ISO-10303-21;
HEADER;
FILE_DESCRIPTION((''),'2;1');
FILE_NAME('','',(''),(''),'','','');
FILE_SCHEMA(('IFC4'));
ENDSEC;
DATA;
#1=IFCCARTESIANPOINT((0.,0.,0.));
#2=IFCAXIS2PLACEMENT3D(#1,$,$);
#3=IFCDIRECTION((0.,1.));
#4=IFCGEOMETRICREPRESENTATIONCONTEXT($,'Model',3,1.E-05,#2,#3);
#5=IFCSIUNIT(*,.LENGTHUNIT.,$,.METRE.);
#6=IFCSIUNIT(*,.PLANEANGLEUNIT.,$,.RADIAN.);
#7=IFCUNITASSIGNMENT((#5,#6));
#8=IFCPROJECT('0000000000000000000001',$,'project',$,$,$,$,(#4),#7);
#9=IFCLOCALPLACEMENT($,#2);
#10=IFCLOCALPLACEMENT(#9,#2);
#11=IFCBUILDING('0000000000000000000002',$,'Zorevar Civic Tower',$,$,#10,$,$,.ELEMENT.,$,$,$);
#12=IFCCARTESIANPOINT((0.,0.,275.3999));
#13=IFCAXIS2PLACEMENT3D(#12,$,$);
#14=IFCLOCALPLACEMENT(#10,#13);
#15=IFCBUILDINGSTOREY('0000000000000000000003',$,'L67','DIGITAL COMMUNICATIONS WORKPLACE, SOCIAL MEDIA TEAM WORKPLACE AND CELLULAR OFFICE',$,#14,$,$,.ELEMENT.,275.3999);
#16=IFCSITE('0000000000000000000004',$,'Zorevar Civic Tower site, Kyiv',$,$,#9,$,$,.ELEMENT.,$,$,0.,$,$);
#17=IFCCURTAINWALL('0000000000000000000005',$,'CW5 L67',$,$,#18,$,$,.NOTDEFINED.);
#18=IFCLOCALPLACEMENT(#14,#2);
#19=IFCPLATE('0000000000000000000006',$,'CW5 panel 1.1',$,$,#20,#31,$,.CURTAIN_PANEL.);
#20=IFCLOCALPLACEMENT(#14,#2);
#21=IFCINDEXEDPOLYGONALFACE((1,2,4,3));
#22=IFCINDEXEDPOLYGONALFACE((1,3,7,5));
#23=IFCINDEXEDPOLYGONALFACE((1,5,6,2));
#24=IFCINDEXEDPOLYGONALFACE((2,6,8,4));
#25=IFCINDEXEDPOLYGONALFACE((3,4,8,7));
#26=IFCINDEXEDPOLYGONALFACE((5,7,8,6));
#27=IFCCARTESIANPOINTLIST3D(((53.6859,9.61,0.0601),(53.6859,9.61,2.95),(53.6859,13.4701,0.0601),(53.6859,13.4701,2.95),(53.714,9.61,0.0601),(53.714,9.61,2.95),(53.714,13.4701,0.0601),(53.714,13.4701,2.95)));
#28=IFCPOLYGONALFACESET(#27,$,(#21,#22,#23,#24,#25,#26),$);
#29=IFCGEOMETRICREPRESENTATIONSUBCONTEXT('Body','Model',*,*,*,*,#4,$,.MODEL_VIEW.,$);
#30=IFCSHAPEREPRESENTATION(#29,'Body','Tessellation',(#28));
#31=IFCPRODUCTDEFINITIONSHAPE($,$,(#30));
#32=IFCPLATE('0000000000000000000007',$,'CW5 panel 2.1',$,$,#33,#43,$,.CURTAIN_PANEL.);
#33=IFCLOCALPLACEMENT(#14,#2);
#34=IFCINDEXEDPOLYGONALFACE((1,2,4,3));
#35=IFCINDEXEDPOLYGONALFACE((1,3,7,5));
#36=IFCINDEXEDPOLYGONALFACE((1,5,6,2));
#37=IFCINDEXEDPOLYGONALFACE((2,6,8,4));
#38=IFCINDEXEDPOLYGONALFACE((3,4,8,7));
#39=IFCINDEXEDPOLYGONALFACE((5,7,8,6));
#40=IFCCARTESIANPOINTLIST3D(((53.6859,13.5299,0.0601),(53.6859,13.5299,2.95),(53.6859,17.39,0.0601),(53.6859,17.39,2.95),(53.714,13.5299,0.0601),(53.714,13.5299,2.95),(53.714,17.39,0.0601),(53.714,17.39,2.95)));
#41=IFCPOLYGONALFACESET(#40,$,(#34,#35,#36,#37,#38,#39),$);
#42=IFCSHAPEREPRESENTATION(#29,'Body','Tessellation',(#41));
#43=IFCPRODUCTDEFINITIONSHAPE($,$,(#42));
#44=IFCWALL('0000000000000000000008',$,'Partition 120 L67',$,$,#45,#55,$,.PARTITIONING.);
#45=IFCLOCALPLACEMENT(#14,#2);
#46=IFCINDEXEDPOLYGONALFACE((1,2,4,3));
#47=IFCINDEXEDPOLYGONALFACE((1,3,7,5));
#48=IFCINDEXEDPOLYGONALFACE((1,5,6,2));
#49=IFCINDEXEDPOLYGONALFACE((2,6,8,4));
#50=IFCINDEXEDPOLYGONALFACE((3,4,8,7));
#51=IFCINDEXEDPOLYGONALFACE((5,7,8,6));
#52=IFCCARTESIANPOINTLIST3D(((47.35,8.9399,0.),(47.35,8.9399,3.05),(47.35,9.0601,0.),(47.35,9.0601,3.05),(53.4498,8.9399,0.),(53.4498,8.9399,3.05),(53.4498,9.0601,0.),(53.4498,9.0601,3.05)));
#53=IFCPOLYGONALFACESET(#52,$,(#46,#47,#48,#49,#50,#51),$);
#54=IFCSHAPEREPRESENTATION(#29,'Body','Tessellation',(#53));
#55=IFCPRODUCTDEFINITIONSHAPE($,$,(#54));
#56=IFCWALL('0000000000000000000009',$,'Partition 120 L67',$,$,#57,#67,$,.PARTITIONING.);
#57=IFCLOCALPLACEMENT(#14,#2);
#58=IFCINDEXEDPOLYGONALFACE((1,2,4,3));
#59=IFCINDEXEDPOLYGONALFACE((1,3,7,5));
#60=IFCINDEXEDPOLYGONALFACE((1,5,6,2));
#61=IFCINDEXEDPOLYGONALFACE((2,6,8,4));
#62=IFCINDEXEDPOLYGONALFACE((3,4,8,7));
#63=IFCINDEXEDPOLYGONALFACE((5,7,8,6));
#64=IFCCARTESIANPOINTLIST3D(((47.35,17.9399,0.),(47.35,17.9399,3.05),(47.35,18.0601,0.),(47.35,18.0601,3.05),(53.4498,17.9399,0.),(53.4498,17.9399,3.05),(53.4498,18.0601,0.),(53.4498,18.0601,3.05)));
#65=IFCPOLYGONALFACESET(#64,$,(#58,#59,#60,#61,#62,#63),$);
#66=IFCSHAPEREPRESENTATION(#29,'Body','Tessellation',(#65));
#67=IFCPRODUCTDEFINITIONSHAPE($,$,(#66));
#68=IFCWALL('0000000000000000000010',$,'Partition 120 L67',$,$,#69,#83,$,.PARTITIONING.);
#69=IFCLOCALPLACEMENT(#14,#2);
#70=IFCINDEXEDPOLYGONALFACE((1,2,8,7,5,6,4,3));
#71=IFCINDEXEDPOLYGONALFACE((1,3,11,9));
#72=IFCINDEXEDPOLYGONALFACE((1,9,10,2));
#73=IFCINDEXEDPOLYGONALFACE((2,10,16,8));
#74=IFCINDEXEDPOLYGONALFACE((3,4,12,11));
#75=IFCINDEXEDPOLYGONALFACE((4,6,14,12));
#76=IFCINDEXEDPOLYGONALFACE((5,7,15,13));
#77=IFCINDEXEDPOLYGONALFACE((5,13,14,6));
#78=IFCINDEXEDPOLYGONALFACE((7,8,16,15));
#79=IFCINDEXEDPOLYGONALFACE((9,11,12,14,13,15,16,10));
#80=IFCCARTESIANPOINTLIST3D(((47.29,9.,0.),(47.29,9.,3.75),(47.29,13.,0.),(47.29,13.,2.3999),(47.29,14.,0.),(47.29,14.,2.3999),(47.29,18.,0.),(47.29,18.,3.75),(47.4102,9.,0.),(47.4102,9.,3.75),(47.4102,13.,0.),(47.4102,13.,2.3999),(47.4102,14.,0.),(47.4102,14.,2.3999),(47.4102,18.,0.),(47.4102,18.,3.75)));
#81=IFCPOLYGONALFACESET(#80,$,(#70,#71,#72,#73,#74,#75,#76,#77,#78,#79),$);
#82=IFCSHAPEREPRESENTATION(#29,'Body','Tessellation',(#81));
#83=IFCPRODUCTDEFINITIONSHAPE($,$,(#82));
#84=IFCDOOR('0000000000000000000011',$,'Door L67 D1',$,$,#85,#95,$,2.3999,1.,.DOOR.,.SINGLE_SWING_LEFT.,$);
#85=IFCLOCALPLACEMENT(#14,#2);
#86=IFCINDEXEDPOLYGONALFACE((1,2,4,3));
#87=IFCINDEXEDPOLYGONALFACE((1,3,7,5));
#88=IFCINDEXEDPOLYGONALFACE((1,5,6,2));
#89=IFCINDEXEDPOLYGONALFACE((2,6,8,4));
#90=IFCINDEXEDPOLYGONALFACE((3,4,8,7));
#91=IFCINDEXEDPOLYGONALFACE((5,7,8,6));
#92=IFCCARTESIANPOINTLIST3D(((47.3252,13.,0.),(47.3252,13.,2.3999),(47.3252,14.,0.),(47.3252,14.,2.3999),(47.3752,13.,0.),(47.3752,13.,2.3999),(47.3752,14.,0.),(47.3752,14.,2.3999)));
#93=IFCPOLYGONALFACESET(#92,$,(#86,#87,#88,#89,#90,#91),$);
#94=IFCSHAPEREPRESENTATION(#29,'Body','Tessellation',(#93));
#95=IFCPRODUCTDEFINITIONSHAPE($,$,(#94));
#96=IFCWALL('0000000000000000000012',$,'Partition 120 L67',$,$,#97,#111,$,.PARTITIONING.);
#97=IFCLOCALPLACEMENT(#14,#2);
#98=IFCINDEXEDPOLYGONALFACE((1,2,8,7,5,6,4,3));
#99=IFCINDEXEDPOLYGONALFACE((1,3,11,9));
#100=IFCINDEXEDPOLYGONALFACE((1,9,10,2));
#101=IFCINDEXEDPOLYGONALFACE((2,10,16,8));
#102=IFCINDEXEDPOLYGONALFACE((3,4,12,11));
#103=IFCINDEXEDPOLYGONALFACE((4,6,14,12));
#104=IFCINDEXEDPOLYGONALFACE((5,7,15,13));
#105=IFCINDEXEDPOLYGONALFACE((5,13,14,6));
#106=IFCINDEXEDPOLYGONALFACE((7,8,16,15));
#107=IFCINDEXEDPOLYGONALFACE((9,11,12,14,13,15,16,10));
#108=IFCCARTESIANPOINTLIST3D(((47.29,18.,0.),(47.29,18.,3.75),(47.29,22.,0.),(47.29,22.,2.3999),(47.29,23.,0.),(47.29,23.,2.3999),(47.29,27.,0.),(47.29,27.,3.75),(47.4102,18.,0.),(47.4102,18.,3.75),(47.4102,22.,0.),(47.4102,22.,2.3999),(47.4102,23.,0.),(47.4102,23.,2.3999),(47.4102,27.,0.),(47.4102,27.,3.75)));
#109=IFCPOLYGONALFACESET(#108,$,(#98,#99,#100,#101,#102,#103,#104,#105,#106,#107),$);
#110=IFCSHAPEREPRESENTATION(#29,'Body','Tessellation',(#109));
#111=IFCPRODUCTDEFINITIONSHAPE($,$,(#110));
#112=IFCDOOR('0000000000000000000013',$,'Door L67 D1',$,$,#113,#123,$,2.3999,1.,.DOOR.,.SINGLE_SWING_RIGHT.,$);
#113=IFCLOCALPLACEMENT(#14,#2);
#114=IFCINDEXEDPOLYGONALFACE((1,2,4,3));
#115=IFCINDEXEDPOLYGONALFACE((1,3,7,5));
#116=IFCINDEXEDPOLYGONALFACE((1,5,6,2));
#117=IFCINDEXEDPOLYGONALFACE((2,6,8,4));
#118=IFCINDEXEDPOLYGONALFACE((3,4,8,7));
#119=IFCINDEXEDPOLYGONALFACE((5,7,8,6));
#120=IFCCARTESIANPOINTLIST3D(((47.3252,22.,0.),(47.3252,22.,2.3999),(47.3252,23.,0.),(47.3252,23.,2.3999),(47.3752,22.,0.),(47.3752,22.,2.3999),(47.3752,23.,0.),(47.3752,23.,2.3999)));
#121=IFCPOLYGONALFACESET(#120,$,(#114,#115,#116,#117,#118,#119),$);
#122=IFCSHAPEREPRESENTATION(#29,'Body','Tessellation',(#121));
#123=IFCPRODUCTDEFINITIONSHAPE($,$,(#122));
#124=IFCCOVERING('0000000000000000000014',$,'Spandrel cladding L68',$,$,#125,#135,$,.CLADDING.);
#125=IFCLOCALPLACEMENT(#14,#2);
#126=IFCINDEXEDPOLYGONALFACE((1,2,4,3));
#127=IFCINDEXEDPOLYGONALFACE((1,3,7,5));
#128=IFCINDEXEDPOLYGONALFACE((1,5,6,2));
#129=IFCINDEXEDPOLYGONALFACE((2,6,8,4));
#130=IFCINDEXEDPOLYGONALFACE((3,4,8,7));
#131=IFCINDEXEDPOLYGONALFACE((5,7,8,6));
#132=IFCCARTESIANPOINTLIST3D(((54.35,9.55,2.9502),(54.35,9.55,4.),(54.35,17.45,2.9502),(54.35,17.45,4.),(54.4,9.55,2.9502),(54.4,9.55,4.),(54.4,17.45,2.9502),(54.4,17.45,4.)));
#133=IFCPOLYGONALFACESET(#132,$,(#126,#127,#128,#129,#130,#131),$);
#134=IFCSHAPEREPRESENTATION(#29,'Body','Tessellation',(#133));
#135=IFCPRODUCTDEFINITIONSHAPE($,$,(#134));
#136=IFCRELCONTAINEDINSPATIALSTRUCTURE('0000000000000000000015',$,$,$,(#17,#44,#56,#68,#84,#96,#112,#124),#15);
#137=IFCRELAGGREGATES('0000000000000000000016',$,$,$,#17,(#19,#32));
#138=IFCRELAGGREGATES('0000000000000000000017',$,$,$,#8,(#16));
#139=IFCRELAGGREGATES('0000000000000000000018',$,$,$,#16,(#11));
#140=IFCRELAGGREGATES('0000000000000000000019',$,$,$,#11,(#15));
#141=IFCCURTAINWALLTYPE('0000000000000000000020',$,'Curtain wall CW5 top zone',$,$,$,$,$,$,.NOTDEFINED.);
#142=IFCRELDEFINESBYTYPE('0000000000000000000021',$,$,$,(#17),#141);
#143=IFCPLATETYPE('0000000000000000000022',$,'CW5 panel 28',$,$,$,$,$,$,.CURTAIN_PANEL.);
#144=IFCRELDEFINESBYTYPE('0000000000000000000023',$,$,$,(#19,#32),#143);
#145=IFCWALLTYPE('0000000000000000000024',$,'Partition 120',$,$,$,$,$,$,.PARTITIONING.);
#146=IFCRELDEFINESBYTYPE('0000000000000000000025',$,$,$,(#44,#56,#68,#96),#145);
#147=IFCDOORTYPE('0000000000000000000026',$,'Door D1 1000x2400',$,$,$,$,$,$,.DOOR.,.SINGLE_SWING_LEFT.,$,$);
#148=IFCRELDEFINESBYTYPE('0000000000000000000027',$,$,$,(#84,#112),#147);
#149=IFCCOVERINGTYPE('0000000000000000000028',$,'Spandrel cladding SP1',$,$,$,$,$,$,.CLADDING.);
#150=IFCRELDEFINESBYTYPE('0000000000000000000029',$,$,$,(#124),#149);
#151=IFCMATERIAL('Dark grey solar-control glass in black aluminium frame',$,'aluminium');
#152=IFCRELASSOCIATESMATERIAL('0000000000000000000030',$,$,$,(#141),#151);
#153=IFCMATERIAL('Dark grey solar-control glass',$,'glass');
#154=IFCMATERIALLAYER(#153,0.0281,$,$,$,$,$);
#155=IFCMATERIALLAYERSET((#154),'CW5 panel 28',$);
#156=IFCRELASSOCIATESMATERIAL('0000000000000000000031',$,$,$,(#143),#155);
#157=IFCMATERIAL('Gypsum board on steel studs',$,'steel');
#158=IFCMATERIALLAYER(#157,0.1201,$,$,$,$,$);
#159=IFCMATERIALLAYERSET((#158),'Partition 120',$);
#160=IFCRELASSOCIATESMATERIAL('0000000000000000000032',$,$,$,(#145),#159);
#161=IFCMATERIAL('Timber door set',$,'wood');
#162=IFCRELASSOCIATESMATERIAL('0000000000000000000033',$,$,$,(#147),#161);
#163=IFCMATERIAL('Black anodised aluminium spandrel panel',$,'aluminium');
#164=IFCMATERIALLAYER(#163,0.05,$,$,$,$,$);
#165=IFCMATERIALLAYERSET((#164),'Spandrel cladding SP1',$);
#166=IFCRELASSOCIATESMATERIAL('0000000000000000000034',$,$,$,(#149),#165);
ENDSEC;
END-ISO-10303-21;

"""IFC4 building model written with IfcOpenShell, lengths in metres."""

from ifc_helpers import new_model, si_unit, direction, frame, frame_2d, origin, origin_2d, place, context, subcontext, project, spatial, rectangle, extrude, material, layer, layer_set, type_object, element, fill, aggregate, save


model = new_model("IFC4")

# Units and contexts
model_context = context("Model", 3, precision=1e-05, world=origin(), true_north=direction((0.0, 1.0)))
body_context = subcontext(model_context, "Body", "Model", "MODEL_VIEW")
ifc_project = project(units=[si_unit("LENGTHUNIT", "METRE"), si_unit("PLANEANGLEUNIT", "RADIAN")], contexts=[model_context])

# Site, building, storey
site_placement = place(None, origin())
site = spatial("IfcSite", under=ifc_project, at=site_placement, Name="Zorevar Civic Tower site, Kyiv", CompositionType="ELEMENT", RefElevation=0.0)
building_placement = place(site_placement, origin())
building = spatial("IfcBuilding", under=site, at=building_placement, Name="Zorevar Civic Tower", CompositionType="ELEMENT")
storey_placement = place(building_placement, frame((0.0, 0.0, 275.3999)))
storey = spatial("IfcBuildingStorey", under=building, at=storey_placement, Name="L67", Description="DIGITAL COMMUNICATIONS WORKPLACE, SOCIAL MEDIA TEAM WORKPLACE AND CELLULAR OFFICE", CompositionType="ELEMENT", Elevation=275.3999)

# Curtain wall
ifc_material_1 = material(Name="Dark grey solar-control glass in black aluminium frame", Category="aluminium")
curtain_wall_type = type_object("IfcCurtainWallType", Name="Curtain wall CW5 top zone", PredefinedType="NOTDEFINED", material=ifc_material_1)
curtain_wall_placement = place(storey_placement, origin())
curtain_wall = element("IfcCurtainWall", 1, at=curtain_wall_placement, inside=storey, type_object=curtain_wall_type, Name="CW5 L67", PredefinedType="NOTDEFINED")

# Plates
ifc_material_2 = material(Name="Dark grey solar-control glass", Category="glass")
ifc_layer_1 = layer(ifc_material_2, 0.0281)
ifc_layer_set_1 = layer_set([ifc_layer_1], Name="CW5 panel 28")
plate_type = type_object("IfcPlateType", Name="CW5 panel 28", PredefinedType="CURTAIN_PANEL", material=ifc_layer_set_1)
plate_1_placement = place(storey_placement, frame((53.7, 11.54, 0.0601), z_axis=(0.0, 0.0, 1.0), x_axis=(0.0, 1.0, 0.0)))
plate_1 = element("IfcPlate", 2, at=plate_1_placement, type_object=plate_type, Name="CW5 panel 1.1", PredefinedType="CURTAIN_PANEL", context=body_context, shape_type="SweptSolid", body=[
    extrude(rectangle(XDim=3.8601, YDim=0.0281, at=origin_2d()), origin(), (0.0, 0.0, 1.0), 2.8899),
])
plate_2_placement = place(storey_placement, frame((53.7, 15.46, 0.0601), z_axis=(0.0, 0.0, 1.0), x_axis=(0.0, 1.0, 0.0)))
plate_2 = element("IfcPlate", 3, at=plate_2_placement, type_object=plate_type, Name="CW5 panel 2.1", PredefinedType="CURTAIN_PANEL", context=body_context, shape_type="SweptSolid", body=[
    extrude(rectangle(XDim=3.8601, YDim=0.0281, at=origin_2d()), origin(), (0.0, 0.0, 1.0), 2.8899),
])
aggregate(curtain_wall, [plate_1, plate_2])

# Walls
ifc_material_3 = material(Name="Gypsum board on steel studs", Category="steel")
ifc_layer_2 = layer(ifc_material_3, 0.1201)
ifc_layer_set_2 = layer_set([ifc_layer_2], Name="Partition 120")
wall_type = type_object("IfcWallType", Name="Partition 120", PredefinedType="PARTITIONING", material=ifc_layer_set_2)
for number, where, z_axis, x_axis, name in (
    (4, (47.3501, 9.0, 0.0), (0.0, 0.0, 1.0), (1.0, 0.0, 0.0), "Partition 120 L67"),
    (5, (47.3501, 18.0, 0.0), (0.0, 0.0, 1.0), (1.0, 0.0, 0.0), "Partition 120 L67"),
):
    element("IfcWall", number, at=place(storey_placement, frame(where, z_axis=z_axis, x_axis=x_axis)), inside=storey, type_object=wall_type, Name=name, PredefinedType="PARTITIONING", context=body_context, shape_type="SweptSolid", body=[
        extrude(rectangle(XDim=6.0999, YDim=0.1201, at=frame_2d((3.0498, 0.0))), origin(), (0.0, 0.0, 1.0), 3.05),
    ])

# Walls, openings, doors
wall_1_placement = place(storey_placement, frame((47.3501, 9.0, 0.0), z_axis=(0.0, 0.0, 1.0), x_axis=(0.0, 1.0, 0.0)))
wall_1 = element("IfcWall", 6, at=wall_1_placement, inside=storey, type_object=wall_type, Name="Partition 120 L67", PredefinedType="PARTITIONING", context=body_context, shape_type="SweptSolid", body=[
    extrude(rectangle(XDim=9.0, YDim=0.1201, at=frame_2d((4.5, 0.0))), origin(), (0.0, 0.0, 1.0), 3.75),
])
opening_1_placement = place(wall_1_placement, frame((4.0, 0.0, 0.0)))
opening_1 = element("IfcOpeningElement", 7, at=opening_1_placement, cuts=wall_1, PredefinedType="OPENING", context=body_context, shape_type="SweptSolid", body=[
    extrude(rectangle(XDim=1.0, YDim=2.3999, at=frame_2d((0.5, 1.2))), frame((0.0, 0.0701, 0.0), z_axis=(0.0, -1.0, 0.0), x_axis=(1.0, 0.0, 0.0)), (0.0, 0.0, 1.0), 0.1401),
])
ifc_material_4 = material(Name="Timber door set", Category="wood")
door_type_1 = type_object("IfcDoorType", Name="Door D1 1000x2400", OperationType="SINGLE_SWING_LEFT", PredefinedType="DOOR", material=ifc_material_4)
door_1_placement = place(opening_1_placement, origin())
door_1 = element("IfcDoor", 8, at=door_1_placement, inside=storey, type_object=door_type_1, Name="Door L67 D1", OperationType="SINGLE_SWING_LEFT", OverallHeight=2.3999, OverallWidth=1.0, PredefinedType="DOOR", context=body_context, shape_type="SweptSolid", body=[
    extrude(rectangle(XDim=1.0, YDim=2.3999, at=frame_2d((0.5, 1.2))), frame((0.0, 0.0249, 0.0), z_axis=(0.0, -1.0, 0.0), x_axis=(1.0, 0.0, 0.0)), (0.0, 0.0, 1.0), 0.05),
])
fill(opening_1, door_1)
wall_2_placement = place(storey_placement, frame((47.3501, 18.0, 0.0), z_axis=(0.0, 0.0, 1.0), x_axis=(0.0, 1.0, 0.0)))
wall_2 = element("IfcWall", 9, at=wall_2_placement, inside=storey, type_object=wall_type, Name="Partition 120 L67", PredefinedType="PARTITIONING", context=body_context, shape_type="SweptSolid", body=[
    extrude(rectangle(XDim=9.0, YDim=0.1201, at=frame_2d((4.5, 0.0))), origin(), (0.0, 0.0, 1.0), 3.75),
])
opening_2_placement = place(wall_2_placement, frame((4.0, 0.0, 0.0)))
opening_2 = element("IfcOpeningElement", 10, at=opening_2_placement, cuts=wall_2, PredefinedType="OPENING", context=body_context, shape_type="SweptSolid", body=[
    extrude(rectangle(XDim=1.0, YDim=2.3999, at=frame_2d((0.5, 1.2))), frame((0.0, 0.0701, 0.0), z_axis=(0.0, -1.0, 0.0), x_axis=(1.0, 0.0, 0.0)), (0.0, 0.0, 1.0), 0.1401),
])
door_2_placement = place(opening_2_placement, origin())
door_2 = element("IfcDoor", 11, at=door_2_placement, inside=storey, type_object=door_type_1, Name="Door L67 D1", OperationType="SINGLE_SWING_RIGHT", OverallHeight=2.3999, OverallWidth=1.0, PredefinedType="DOOR", context=body_context, shape_type="SweptSolid", body=[
    extrude(rectangle(XDim=1.0, YDim=2.3999, at=frame_2d((0.5, 1.2))), frame((0.0, 0.0249, 0.0), z_axis=(0.0, -1.0, 0.0), x_axis=(1.0, 0.0, 0.0)), (0.0, 0.0, 1.0), 0.05),
])
fill(opening_2, door_2)

# Covering
ifc_material_5 = material(Name="Black anodised aluminium spandrel panel", Category="aluminium")
ifc_layer_3 = layer(ifc_material_5, 0.05)
ifc_layer_set_3 = layer_set([ifc_layer_3], Name="Spandrel cladding SP1")
covering_type = type_object("IfcCoveringType", Name="Spandrel cladding SP1", PredefinedType="CLADDING", material=ifc_layer_set_3)
covering_placement = place(storey_placement, frame((54.375, 9.55, 2.9502), z_axis=(0.0, 0.0, 1.0), x_axis=(0.0, 1.0, 0.0)))
element("IfcCovering", 12, at=covering_placement, inside=storey, type_object=covering_type, Name="Spandrel cladding L68", PredefinedType="CLADDING", context=body_context, shape_type="SweptSolid", body=[
    extrude(rectangle(XDim=7.8999, YDim=0.05, at=frame_2d((3.95, 0.0))), origin(), (0.0, 0.0, 1.0), 1.0498),
])

save(model, "model.ifc")
